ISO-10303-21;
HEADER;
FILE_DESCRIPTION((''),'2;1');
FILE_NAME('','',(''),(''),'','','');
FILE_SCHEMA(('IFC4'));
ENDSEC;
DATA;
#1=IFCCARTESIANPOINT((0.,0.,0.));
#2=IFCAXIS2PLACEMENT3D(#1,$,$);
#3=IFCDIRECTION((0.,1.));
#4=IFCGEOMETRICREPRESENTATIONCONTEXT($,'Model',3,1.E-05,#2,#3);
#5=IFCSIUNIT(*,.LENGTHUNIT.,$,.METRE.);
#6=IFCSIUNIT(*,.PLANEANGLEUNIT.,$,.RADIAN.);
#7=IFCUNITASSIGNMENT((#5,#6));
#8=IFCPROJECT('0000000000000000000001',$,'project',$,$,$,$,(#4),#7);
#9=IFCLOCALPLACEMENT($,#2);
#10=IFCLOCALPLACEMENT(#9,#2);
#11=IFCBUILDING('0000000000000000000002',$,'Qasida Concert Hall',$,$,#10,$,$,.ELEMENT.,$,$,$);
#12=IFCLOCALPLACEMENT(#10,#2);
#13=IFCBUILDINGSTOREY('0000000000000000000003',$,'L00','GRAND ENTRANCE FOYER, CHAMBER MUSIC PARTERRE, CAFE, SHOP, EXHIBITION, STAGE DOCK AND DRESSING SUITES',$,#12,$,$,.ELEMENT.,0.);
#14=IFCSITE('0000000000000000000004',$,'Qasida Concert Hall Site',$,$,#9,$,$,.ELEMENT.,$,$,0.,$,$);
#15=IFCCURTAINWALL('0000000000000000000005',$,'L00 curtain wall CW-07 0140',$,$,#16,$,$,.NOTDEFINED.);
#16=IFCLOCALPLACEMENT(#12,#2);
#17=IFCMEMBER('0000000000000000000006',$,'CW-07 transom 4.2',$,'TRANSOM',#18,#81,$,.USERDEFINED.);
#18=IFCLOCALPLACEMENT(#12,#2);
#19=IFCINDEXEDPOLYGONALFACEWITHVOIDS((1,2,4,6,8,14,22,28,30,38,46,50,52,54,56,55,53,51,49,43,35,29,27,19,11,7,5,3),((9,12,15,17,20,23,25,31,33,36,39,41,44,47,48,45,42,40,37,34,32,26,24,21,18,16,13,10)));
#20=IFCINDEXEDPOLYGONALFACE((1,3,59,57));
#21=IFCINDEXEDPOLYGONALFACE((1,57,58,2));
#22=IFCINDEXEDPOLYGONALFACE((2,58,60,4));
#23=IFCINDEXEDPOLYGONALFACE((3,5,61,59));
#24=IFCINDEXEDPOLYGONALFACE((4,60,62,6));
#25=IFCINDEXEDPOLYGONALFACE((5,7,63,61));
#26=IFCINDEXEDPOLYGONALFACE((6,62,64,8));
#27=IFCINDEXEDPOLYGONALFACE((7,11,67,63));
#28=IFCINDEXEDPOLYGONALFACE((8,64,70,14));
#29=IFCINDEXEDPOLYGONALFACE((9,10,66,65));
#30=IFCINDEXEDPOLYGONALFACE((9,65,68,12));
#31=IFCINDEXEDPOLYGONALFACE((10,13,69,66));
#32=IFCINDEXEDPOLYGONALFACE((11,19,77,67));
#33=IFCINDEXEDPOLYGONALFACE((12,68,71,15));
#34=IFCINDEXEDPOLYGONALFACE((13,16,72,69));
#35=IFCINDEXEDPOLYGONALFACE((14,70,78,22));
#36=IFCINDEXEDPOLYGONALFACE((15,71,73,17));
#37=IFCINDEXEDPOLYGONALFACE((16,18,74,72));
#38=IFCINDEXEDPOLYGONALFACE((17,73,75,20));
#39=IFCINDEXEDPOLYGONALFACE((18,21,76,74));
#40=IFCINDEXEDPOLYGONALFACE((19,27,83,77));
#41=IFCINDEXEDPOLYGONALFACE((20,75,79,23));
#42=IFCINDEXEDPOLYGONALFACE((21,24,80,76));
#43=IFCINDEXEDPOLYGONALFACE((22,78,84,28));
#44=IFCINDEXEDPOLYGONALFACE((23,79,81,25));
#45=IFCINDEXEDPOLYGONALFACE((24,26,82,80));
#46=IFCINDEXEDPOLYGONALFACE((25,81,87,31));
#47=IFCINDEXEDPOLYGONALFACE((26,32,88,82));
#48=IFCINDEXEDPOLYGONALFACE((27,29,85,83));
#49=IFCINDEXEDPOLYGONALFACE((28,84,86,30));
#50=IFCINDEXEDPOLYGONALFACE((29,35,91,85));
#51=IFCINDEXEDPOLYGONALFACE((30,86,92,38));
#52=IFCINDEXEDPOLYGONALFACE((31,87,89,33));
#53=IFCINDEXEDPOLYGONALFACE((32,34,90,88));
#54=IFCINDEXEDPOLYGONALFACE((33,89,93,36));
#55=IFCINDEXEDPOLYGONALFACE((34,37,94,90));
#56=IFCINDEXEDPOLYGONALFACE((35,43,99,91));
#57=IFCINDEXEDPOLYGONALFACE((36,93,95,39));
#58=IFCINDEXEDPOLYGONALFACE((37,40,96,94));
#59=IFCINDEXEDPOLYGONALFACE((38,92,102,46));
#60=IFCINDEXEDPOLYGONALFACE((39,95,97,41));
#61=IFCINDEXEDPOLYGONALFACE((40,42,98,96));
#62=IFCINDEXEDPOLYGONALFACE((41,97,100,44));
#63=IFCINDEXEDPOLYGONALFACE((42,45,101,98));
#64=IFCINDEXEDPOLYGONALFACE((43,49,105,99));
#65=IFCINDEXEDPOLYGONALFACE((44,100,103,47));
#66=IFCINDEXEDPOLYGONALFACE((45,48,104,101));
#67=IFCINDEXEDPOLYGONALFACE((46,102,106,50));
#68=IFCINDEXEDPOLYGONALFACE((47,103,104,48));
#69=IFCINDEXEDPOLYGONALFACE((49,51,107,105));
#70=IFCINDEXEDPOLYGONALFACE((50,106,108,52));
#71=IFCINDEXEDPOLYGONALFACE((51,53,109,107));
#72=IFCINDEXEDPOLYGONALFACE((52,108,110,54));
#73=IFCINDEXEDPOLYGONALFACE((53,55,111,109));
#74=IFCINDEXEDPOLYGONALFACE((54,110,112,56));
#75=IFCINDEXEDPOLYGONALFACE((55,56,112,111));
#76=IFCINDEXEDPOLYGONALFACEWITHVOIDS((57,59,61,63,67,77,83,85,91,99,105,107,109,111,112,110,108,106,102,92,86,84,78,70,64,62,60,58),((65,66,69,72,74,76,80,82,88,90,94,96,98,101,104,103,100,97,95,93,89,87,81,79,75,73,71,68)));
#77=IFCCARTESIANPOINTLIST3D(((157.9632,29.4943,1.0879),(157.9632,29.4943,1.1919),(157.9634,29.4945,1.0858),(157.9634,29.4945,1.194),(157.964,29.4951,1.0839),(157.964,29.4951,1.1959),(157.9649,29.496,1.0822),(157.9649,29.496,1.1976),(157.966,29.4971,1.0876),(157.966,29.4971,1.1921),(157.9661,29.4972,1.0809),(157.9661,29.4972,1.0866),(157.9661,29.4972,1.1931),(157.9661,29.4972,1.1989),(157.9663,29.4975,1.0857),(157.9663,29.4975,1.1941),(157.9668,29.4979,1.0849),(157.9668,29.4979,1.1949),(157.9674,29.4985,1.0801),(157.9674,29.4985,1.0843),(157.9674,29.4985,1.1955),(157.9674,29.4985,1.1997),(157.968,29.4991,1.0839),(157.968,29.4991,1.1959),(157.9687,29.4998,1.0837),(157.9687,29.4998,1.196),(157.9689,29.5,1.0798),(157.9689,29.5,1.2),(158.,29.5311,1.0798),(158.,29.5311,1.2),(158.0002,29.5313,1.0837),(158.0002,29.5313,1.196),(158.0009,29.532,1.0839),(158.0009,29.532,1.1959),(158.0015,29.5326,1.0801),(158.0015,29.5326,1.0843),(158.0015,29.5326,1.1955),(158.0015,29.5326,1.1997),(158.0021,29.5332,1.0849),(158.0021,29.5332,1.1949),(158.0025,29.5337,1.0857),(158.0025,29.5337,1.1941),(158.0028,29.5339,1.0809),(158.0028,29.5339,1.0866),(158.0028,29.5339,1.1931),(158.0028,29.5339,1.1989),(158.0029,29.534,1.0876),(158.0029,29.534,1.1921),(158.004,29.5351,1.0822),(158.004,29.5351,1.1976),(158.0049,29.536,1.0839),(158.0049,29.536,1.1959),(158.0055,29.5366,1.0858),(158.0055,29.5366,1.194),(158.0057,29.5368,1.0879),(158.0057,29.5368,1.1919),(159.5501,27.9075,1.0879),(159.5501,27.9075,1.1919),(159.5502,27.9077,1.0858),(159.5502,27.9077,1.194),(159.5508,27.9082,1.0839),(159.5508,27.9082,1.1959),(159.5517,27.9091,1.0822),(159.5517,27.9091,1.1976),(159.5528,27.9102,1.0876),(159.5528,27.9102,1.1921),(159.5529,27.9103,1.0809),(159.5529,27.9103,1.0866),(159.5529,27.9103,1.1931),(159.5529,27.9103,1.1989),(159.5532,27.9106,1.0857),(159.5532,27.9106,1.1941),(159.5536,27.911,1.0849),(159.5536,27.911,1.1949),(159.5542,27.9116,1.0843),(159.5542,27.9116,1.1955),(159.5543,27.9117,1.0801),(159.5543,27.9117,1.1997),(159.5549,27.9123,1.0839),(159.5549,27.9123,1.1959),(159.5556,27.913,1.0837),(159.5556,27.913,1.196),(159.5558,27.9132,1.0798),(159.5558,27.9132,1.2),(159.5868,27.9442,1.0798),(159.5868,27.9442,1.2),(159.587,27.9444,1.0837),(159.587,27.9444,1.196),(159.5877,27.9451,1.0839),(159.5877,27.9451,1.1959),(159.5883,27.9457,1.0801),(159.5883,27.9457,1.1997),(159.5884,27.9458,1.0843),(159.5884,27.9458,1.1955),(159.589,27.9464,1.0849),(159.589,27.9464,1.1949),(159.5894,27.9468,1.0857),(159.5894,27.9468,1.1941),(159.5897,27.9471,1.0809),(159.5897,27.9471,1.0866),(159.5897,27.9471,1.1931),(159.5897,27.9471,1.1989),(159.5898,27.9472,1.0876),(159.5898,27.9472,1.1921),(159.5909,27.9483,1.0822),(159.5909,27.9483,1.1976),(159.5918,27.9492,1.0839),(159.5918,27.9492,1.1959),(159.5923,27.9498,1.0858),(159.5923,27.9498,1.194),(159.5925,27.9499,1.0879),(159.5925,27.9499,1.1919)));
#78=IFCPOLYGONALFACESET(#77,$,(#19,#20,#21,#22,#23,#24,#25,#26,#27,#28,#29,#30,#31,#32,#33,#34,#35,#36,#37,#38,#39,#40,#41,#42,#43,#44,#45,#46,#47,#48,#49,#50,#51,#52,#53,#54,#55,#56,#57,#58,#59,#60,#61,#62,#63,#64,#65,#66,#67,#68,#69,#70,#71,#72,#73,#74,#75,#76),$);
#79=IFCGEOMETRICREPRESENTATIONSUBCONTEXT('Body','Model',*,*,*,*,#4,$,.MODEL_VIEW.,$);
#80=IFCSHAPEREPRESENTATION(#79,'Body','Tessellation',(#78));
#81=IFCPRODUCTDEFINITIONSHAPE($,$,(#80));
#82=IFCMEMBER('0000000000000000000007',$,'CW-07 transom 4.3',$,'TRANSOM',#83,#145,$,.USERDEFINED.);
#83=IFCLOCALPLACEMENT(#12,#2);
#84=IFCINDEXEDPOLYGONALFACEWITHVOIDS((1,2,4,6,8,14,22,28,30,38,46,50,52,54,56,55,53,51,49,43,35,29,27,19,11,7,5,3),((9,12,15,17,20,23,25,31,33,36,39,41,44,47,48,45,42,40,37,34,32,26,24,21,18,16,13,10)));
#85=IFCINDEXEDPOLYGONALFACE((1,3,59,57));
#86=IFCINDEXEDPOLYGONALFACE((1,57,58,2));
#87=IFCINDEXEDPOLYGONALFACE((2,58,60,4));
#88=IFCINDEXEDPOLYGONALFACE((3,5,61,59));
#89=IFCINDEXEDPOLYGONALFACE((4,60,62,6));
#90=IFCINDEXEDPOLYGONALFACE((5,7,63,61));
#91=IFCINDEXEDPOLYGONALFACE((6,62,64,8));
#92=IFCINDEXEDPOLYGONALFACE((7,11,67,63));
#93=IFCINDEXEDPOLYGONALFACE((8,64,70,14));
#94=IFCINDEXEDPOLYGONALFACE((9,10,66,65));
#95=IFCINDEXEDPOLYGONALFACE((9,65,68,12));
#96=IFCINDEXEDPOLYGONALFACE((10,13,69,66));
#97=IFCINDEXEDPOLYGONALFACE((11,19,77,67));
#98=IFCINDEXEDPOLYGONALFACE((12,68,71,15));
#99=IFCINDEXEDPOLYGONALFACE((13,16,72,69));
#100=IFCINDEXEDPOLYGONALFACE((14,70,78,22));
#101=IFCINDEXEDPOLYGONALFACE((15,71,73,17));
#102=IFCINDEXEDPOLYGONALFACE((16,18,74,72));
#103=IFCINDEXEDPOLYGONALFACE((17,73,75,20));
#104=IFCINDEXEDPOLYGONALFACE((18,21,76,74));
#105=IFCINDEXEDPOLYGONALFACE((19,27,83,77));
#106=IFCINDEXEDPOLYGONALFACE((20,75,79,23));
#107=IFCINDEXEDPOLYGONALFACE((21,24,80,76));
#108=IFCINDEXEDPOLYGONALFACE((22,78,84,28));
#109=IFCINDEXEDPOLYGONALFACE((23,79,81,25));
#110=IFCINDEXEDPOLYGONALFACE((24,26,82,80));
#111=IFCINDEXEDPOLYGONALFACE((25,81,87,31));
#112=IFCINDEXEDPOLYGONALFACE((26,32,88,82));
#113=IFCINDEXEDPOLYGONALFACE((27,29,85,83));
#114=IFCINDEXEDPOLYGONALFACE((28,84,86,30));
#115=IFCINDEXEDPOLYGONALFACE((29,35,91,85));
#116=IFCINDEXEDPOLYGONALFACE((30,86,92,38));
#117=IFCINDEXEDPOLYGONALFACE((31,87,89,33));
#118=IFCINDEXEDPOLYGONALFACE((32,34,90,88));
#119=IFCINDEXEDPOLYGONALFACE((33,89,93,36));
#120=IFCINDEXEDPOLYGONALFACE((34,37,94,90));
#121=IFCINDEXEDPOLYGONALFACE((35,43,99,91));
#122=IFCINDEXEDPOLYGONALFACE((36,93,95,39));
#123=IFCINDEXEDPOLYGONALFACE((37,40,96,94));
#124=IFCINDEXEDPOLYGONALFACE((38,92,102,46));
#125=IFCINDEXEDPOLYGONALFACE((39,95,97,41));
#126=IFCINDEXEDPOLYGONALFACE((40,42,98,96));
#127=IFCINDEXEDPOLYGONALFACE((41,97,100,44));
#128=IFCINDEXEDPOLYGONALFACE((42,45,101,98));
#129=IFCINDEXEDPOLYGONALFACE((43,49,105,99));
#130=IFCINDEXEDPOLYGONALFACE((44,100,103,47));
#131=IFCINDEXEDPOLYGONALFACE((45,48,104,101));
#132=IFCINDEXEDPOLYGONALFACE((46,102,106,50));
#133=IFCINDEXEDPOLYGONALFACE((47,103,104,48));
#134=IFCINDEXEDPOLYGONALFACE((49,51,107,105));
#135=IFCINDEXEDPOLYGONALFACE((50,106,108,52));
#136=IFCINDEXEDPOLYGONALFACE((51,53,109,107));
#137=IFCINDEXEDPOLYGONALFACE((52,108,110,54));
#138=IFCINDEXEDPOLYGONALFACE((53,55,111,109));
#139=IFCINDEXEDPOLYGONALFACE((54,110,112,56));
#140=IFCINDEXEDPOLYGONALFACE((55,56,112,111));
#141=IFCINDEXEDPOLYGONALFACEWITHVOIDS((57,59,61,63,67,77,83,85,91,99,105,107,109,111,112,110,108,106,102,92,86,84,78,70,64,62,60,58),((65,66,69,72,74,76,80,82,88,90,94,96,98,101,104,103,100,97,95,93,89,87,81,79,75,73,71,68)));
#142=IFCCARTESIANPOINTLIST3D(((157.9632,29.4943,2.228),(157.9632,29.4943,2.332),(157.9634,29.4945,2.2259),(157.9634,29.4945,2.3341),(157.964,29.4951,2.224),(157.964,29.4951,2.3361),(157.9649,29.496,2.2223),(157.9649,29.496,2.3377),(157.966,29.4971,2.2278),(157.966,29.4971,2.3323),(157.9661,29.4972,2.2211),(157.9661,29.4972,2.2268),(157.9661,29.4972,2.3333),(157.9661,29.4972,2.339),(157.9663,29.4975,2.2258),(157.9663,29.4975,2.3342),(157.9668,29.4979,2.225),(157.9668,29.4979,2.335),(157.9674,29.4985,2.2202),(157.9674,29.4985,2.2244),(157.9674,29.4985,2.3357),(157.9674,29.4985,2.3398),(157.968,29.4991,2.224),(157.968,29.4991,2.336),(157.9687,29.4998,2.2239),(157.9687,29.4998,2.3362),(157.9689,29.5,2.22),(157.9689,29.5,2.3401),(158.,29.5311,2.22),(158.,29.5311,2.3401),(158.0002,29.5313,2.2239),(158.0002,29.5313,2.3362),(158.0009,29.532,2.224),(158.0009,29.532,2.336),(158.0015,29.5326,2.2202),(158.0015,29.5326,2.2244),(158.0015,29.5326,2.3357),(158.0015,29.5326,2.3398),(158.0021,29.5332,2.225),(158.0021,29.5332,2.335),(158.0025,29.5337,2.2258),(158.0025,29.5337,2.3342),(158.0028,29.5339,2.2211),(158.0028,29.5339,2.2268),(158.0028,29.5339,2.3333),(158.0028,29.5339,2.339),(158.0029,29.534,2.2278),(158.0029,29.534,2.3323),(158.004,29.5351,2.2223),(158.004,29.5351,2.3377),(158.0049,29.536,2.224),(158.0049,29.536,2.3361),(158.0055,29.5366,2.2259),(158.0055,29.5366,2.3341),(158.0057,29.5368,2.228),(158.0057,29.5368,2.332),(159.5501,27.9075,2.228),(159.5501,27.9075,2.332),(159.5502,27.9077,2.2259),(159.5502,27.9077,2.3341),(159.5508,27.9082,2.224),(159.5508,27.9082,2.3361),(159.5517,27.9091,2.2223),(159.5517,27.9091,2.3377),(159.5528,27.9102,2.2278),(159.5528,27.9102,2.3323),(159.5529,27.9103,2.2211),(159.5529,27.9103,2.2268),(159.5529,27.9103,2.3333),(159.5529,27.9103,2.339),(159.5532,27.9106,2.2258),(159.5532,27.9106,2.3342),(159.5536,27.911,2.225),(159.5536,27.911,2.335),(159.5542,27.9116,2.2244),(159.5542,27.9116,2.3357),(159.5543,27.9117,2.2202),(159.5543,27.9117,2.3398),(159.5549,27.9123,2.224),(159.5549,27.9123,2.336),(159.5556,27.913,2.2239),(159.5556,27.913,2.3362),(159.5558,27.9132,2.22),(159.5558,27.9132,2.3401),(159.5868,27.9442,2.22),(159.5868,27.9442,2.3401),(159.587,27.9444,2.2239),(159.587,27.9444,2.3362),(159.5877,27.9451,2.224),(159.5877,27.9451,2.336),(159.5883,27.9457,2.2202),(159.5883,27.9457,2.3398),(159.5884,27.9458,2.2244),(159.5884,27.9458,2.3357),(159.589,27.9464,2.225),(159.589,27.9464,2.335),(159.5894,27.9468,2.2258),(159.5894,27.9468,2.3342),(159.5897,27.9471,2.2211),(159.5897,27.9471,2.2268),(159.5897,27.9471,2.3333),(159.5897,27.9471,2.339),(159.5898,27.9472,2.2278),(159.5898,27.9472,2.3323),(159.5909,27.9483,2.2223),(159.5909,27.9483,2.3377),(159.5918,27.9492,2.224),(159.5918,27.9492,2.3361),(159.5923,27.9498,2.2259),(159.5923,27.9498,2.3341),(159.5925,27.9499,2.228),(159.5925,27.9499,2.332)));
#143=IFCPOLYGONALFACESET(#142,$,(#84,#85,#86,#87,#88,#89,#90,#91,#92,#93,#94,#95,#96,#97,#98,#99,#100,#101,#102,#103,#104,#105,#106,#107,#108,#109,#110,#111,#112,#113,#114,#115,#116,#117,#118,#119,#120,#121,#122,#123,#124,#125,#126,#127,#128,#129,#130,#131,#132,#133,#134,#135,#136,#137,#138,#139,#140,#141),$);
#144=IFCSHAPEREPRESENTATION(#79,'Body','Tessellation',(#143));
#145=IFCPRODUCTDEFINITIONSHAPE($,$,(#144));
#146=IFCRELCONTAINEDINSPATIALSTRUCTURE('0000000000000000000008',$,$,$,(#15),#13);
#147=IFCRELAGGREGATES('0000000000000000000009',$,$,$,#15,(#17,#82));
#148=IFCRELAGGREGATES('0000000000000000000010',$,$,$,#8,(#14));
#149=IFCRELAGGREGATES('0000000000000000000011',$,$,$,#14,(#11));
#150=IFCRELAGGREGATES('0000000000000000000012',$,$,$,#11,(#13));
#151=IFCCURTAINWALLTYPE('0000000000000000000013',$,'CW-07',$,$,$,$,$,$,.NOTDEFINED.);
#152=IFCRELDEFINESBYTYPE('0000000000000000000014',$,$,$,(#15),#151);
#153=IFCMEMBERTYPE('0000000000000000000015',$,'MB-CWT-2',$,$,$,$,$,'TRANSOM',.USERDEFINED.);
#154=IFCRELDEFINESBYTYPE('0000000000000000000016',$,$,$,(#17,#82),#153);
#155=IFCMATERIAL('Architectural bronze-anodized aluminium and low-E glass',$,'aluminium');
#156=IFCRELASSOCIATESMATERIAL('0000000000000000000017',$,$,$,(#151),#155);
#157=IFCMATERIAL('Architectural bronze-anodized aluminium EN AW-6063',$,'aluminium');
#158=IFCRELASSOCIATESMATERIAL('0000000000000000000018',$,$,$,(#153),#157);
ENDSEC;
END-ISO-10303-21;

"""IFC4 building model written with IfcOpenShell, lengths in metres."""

from ifc_helpers import new_model, si_unit, direction, frame, origin, origin_2d, place, context, subcontext, project, spatial, hollow_rectangle, extrude, material, material_profile, profile_set, type_object, element, aggregate, save


model = new_model("IFC4")

# Units and contexts
model_context = context("Model", 3, precision=1e-05, world=origin(), true_north=direction((0.0, 1.0)))
body_context = subcontext(model_context, "Body", "Model", "MODEL_VIEW")
ifc_project = project(units=[si_unit("LENGTHUNIT", "METRE"), si_unit("PLANEANGLEUNIT", "RADIAN")], contexts=[model_context])

# Site, building, storey
site_placement = place(None, origin())
site = spatial("IfcSite", under=ifc_project, at=site_placement, Name="Qasida Concert Hall Site", CompositionType="ELEMENT", RefElevation=0.0)
building_placement = place(site_placement, origin())
building = spatial("IfcBuilding", under=site, at=building_placement, Name="Qasida Concert Hall", CompositionType="ELEMENT")
storey_placement = place(building_placement, origin())
storey = spatial("IfcBuildingStorey", under=building, at=storey_placement, Name="L00", Description="GRAND ENTRANCE FOYER, CHAMBER MUSIC PARTERRE, CAFE, SHOP, EXHIBITION, STAGE DOCK AND DRESSING SUITES", CompositionType="ELEMENT", Elevation=0.0)

# Curtain wall, members
ifc_material_1 = material(Name="Architectural bronze-anodized aluminium and low-E glass", Category="aluminium")
curtain_wall_type = type_object("IfcCurtainWallType", Name="CW-07", PredefinedType="NOTDEFINED", material=ifc_material_1)
curtain_wall_placement = place(storey_placement, origin())
curtain_wall = element("IfcCurtainWall", 1, at=curtain_wall_placement, inside=storey, type_object=curtain_wall_type, Name="L00 curtain wall CW-07 0140", PredefinedType="NOTDEFINED")
ifc_material_2 = material(Name="Architectural bronze-anodized aluminium EN AW-6063", Category="aluminium")
ifc_material_profile_1 = material_profile(ifc_material_2, hollow_rectangle(XDim=0.0601, YDim=0.1201, WallThickness=0.0039, InnerFilletRadius=0.0039, OuterFilletRadius=0.0081, at=origin_2d()), Name="CWT 120x60x4")
ifc_profile_set_1 = profile_set([ifc_material_profile_1], Name="Architectural bronze-anodized aluminium EN AW-6063")
member_type_1 = type_object("IfcMemberType", Name="MB-CWT-2", ElementType="TRANSOM", PredefinedType="USERDEFINED", material=ifc_profile_set_1)
member_1_placement = place(storey_placement, frame((159.5713, 27.9287, 1.1399), z_axis=(-0.707107, 0.707107, 0.0), x_axis=(-0.707107, -0.707107, 0.0)))
member_1 = element("IfcMember", 2, at=member_1_placement, type_object=member_type_1, Name="CW-07 transom 4.2", ObjectType="TRANSOM", PredefinedType="USERDEFINED", context=body_context, shape_type="SweptSolid", body=[
    extrude(hollow_rectangle(XDim=0.0601, YDim=0.1201, WallThickness=0.0039, InnerFilletRadius=0.0039, OuterFilletRadius=0.0081, at=origin_2d()), origin(), (0.0, 0.0, 1.0), 2.2441),
])
member_2_placement = place(storey_placement, frame((159.5713, 27.9287, 2.28), z_axis=(-0.707107, 0.707107, 0.0), x_axis=(-0.707107, -0.707107, 0.0)))
member_2 = element("IfcMember", 3, at=member_2_placement, type_object=member_type_1, Name="CW-07 transom 4.3", ObjectType="TRANSOM", PredefinedType="USERDEFINED", context=body_context, shape_type="SweptSolid", body=[
    extrude(hollow_rectangle(XDim=0.0601, YDim=0.1201, WallThickness=0.0039, InnerFilletRadius=0.0039, OuterFilletRadius=0.0081, at=origin_2d()), origin(), (0.0, 0.0, 1.0), 2.2441),
])
aggregate(curtain_wall, [member_1, member_2])

save(model, "model.ifc")
